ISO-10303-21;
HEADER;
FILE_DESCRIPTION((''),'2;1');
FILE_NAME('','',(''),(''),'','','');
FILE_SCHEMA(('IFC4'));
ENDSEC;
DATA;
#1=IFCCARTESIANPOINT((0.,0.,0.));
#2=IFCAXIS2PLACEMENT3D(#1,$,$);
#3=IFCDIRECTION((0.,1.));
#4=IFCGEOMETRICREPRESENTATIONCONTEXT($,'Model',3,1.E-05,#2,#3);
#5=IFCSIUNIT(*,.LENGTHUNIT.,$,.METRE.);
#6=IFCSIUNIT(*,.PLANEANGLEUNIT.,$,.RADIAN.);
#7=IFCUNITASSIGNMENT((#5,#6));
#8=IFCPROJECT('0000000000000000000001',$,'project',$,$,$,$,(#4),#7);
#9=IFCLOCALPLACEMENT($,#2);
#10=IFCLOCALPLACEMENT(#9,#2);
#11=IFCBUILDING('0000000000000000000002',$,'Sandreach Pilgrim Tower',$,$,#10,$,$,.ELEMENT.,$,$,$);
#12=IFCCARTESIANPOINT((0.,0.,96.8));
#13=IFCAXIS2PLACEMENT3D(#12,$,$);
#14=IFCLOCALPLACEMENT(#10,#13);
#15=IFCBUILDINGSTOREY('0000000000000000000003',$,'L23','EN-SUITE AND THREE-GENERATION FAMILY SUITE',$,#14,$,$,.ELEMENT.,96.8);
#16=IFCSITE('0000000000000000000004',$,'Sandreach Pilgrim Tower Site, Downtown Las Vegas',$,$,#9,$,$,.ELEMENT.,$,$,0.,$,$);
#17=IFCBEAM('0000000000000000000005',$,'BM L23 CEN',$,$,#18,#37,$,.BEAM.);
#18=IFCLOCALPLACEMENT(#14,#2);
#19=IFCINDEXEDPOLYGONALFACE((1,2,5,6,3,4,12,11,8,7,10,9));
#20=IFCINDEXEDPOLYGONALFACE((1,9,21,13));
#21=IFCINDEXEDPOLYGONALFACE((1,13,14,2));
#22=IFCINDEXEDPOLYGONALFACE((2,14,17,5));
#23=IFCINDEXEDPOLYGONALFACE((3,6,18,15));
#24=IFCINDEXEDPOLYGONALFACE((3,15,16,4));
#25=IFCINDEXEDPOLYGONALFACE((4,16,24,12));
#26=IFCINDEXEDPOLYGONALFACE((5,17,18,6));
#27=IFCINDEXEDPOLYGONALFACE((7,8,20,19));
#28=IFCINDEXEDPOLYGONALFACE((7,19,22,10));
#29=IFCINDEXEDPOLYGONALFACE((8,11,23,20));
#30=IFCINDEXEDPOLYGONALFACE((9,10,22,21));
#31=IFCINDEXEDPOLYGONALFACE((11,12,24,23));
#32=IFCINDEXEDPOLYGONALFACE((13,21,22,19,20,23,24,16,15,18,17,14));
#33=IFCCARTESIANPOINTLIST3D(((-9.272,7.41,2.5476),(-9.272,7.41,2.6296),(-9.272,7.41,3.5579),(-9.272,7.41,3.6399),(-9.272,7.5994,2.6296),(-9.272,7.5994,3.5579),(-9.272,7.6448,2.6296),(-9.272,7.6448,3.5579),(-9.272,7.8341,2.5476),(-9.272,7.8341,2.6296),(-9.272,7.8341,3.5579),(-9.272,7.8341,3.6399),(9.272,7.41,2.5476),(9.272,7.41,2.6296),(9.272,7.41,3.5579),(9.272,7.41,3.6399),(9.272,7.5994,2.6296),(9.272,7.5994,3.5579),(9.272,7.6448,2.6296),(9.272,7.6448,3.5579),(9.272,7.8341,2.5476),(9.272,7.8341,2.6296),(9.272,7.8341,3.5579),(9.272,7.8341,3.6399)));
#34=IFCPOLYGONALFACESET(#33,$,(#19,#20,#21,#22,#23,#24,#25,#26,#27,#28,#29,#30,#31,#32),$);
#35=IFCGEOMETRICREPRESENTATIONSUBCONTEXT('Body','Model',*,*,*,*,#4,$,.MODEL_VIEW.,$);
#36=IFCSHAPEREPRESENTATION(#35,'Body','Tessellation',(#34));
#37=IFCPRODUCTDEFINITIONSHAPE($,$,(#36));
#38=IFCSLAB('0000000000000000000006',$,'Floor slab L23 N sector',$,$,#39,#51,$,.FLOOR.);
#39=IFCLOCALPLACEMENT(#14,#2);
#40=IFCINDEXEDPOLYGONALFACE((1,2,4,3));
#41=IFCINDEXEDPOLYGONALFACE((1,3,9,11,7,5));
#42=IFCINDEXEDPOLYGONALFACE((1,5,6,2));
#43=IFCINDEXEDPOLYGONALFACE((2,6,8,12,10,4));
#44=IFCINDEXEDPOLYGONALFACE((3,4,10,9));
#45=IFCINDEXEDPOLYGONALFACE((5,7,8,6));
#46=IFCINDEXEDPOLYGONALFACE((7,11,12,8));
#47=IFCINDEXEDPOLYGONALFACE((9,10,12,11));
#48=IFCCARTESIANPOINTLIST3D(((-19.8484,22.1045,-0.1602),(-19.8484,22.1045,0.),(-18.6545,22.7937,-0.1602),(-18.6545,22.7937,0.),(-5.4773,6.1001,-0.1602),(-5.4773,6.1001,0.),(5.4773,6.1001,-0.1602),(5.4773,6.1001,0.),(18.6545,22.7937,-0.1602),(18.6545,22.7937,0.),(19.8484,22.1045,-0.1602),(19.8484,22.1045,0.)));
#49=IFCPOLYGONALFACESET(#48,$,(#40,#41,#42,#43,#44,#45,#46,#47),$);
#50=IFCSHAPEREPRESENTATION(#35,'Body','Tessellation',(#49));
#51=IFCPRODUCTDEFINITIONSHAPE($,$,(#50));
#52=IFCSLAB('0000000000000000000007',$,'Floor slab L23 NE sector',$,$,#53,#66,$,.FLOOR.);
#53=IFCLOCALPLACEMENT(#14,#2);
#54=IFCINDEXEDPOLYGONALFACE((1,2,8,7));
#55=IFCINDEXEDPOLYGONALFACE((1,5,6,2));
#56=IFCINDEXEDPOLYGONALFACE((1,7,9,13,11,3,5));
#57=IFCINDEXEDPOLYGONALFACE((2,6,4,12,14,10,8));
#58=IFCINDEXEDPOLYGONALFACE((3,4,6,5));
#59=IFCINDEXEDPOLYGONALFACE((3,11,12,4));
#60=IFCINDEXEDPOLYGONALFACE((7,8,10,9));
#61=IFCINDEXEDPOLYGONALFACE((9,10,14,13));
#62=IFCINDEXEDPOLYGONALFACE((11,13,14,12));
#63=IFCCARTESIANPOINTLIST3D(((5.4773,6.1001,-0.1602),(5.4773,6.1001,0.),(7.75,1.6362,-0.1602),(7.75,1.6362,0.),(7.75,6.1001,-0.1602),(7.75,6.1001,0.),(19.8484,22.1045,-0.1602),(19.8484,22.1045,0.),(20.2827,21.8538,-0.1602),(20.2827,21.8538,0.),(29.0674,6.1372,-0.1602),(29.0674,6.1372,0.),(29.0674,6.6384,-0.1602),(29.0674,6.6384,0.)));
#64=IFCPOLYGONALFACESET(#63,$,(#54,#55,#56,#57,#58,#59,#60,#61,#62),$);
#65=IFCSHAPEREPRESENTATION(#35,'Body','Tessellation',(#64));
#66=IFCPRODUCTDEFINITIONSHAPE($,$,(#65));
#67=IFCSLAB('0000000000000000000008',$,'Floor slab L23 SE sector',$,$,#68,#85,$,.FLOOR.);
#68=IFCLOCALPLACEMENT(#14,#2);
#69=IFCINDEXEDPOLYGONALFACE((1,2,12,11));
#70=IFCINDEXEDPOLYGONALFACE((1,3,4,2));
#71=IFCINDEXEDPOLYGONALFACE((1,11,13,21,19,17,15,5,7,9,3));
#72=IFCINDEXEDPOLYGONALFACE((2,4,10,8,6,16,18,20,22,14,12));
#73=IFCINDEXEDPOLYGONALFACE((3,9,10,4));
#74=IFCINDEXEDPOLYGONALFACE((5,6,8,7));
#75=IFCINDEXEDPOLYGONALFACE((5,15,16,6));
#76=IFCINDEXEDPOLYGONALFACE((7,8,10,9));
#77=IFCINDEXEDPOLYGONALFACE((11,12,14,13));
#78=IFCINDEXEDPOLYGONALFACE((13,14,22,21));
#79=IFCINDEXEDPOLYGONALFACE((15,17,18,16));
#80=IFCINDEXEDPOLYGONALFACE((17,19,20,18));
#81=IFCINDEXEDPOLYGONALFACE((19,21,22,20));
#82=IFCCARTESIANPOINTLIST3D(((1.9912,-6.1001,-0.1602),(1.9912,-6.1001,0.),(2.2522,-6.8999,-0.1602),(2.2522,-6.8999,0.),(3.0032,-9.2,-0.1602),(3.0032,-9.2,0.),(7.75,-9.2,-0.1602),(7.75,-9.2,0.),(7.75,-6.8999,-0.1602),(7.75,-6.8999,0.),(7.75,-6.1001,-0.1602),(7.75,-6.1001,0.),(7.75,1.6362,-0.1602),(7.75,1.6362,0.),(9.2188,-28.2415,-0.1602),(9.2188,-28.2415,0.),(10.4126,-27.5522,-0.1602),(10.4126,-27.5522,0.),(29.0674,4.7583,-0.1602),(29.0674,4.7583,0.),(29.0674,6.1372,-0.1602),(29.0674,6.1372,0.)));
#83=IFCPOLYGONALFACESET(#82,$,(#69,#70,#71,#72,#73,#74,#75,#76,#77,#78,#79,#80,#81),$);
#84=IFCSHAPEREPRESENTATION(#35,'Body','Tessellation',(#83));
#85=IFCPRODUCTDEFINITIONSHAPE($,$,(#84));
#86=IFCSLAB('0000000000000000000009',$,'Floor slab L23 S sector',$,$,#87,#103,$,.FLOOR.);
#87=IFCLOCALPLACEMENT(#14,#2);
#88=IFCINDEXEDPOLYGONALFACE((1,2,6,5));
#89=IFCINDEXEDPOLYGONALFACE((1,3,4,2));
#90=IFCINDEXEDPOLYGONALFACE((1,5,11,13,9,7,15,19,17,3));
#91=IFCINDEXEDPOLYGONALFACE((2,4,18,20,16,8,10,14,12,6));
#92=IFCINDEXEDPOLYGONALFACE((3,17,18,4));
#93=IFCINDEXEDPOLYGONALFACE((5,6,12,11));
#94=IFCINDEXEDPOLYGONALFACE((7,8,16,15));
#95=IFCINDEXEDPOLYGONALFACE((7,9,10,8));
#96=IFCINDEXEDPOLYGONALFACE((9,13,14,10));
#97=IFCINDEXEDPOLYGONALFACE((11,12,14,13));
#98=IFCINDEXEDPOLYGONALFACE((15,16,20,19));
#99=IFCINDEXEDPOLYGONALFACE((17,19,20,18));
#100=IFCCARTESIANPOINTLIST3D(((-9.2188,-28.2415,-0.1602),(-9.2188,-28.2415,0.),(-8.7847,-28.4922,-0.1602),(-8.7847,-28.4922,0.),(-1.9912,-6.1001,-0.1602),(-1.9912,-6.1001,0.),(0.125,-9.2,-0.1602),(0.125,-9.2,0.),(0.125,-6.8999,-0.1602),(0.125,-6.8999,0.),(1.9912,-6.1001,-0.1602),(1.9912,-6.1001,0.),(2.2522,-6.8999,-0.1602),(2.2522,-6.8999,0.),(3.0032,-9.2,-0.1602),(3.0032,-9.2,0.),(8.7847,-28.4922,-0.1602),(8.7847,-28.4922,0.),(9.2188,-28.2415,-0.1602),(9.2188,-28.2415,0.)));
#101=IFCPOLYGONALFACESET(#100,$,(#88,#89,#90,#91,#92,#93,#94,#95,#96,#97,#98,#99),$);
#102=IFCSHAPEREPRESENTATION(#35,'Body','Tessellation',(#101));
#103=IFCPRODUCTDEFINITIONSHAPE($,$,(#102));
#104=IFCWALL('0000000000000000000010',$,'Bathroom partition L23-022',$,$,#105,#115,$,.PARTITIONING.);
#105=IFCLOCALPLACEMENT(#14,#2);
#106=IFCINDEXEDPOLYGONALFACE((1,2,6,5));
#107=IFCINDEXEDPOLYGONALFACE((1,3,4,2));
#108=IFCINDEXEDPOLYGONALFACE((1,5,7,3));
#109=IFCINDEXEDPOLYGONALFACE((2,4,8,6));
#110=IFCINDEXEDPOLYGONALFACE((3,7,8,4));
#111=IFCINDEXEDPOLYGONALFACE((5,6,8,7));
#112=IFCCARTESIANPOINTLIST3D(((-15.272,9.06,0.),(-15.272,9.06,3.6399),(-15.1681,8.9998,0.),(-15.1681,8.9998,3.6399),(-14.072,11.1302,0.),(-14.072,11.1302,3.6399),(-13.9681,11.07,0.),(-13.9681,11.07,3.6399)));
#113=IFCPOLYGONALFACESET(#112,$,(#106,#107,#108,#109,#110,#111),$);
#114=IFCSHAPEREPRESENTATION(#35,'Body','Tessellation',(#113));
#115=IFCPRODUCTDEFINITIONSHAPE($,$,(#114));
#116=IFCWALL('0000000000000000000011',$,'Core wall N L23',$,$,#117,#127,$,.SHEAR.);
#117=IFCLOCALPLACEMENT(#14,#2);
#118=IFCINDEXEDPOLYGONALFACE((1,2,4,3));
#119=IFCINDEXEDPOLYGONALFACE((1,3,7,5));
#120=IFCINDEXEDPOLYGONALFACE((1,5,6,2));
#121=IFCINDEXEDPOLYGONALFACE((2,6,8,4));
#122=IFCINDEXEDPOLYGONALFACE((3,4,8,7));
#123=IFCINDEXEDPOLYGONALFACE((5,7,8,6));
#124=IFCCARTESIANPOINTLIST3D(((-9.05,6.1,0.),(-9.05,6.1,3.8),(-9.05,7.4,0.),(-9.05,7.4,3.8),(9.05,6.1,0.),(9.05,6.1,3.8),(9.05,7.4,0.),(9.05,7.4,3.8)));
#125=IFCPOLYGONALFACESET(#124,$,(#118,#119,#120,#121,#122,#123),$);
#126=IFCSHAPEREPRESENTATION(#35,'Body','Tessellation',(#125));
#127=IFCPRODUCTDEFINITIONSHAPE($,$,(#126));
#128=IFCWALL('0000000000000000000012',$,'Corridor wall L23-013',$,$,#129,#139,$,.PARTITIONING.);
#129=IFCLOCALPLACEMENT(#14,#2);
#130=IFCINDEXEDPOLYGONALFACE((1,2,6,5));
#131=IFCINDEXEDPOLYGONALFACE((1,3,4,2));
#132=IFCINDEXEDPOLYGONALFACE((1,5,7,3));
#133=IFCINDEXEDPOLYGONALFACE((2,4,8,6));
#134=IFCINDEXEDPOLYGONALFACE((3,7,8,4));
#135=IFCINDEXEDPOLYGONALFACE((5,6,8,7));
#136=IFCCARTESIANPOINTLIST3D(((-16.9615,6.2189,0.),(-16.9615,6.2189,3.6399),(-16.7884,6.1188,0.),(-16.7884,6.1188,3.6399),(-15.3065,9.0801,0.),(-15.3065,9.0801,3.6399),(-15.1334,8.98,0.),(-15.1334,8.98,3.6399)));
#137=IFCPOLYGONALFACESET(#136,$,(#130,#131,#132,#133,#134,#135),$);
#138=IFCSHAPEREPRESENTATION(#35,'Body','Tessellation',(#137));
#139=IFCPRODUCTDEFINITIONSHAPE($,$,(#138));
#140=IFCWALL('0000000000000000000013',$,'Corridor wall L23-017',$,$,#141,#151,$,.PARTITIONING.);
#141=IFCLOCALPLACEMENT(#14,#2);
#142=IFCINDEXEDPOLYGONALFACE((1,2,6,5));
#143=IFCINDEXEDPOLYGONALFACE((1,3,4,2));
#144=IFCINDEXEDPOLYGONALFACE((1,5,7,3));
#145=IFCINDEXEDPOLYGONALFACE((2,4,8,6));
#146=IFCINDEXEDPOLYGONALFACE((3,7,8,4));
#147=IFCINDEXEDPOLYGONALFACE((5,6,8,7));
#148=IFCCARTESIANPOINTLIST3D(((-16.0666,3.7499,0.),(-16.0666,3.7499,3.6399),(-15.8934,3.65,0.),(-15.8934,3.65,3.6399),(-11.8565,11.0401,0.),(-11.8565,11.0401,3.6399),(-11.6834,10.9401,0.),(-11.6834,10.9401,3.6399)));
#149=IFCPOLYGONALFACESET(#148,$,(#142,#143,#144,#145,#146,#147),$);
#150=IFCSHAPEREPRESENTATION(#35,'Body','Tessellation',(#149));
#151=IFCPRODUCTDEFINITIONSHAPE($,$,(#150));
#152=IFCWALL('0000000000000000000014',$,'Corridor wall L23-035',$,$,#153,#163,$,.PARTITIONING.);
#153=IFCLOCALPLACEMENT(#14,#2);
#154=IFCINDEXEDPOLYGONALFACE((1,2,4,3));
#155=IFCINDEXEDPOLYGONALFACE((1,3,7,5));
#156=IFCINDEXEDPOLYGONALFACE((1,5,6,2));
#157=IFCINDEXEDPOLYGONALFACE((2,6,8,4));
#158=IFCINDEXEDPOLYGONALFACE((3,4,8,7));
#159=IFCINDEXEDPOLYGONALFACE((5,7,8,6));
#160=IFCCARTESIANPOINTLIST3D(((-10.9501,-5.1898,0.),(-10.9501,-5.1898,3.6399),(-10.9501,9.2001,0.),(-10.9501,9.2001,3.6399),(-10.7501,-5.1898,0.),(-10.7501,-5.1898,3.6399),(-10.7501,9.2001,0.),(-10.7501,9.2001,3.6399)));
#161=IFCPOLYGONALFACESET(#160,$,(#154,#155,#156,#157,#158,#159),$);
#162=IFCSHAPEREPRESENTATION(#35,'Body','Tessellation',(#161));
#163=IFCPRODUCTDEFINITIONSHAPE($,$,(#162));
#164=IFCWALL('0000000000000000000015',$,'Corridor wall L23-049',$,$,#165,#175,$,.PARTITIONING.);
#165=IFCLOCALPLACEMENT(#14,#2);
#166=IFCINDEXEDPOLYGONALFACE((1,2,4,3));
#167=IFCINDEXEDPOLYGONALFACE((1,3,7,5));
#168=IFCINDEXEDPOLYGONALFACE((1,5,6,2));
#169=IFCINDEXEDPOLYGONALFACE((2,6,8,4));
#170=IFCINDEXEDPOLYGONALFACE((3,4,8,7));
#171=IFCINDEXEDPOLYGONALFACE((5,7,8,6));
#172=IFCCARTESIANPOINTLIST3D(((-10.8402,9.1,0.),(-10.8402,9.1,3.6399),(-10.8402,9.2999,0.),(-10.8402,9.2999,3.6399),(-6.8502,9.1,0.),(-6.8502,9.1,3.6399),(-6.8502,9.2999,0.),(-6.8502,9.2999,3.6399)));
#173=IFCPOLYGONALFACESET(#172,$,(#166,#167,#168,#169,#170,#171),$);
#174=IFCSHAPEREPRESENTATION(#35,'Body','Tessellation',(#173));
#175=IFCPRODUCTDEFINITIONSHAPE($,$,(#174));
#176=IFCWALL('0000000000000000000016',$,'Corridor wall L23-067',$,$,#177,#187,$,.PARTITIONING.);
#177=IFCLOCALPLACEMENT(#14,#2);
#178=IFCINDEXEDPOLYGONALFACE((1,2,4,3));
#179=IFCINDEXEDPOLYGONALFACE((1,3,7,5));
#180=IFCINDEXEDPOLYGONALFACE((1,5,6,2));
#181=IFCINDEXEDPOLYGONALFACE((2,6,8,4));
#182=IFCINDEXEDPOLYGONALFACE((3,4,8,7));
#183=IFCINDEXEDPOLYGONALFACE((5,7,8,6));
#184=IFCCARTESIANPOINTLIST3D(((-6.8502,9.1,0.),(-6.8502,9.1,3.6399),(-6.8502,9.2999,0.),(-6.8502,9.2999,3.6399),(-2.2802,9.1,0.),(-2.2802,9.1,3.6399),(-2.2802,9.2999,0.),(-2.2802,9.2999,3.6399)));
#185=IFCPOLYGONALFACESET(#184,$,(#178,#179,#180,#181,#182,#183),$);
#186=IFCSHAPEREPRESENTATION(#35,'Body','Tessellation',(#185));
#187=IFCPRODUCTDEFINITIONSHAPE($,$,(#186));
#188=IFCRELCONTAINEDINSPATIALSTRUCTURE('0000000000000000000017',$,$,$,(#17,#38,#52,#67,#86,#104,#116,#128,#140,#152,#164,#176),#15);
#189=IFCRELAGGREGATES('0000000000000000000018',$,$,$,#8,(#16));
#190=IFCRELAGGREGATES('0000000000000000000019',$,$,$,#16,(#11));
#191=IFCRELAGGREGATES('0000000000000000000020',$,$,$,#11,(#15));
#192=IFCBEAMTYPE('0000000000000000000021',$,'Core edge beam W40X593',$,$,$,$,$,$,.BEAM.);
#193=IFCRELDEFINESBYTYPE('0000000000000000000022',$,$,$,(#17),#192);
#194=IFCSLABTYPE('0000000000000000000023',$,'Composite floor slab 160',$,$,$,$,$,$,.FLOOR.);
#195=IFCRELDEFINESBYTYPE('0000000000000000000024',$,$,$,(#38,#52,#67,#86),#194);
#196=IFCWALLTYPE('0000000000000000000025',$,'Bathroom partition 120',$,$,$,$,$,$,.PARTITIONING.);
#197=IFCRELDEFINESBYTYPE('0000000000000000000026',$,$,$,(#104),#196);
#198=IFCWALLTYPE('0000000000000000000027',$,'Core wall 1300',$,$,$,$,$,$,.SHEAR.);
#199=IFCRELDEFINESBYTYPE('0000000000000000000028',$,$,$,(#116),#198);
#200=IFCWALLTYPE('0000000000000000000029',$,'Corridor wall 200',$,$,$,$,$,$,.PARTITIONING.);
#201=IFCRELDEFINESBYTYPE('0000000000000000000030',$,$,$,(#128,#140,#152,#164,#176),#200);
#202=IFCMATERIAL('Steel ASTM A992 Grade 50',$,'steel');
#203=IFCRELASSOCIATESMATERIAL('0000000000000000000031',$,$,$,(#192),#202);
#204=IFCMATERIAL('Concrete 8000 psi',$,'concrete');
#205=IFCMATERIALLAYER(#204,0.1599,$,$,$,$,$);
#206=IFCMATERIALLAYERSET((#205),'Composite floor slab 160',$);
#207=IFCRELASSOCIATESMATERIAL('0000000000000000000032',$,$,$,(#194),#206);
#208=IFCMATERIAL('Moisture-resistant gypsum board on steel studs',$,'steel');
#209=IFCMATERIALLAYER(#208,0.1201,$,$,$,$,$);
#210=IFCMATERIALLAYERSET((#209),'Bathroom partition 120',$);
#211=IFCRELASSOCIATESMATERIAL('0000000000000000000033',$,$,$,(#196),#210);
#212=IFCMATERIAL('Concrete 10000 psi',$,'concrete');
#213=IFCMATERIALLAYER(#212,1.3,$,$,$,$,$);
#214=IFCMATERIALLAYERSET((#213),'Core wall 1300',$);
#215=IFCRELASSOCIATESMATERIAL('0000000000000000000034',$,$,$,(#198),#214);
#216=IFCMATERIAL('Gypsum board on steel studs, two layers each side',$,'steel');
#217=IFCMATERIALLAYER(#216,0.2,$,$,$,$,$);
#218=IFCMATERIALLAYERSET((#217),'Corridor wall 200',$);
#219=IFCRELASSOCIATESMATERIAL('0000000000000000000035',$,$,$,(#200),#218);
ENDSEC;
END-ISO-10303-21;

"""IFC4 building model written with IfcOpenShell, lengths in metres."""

from ifc_helpers import new_model, si_unit, direction, frame, frame_2d, origin, origin_2d, place, context, subcontext, project, spatial, polyline, rectangle, i_section, outline, extrude, material, layer, layer_set, material_profile, profile_set, type_object, element, save


model = new_model("IFC4")

# Units and contexts
model_context = context("Model", 3, precision=1e-05, world=origin(), true_north=direction((0.0, 1.0)))
body_context = subcontext(model_context, "Body", "Model", "MODEL_VIEW")
ifc_project = project(units=[si_unit("LENGTHUNIT", "METRE"), si_unit("PLANEANGLEUNIT", "RADIAN")], contexts=[model_context])

# Site, building, storey
site_placement = place(None, origin())
site = spatial("IfcSite", under=ifc_project, at=site_placement, Name="Sandreach Pilgrim Tower Site, Downtown Las Vegas", CompositionType="ELEMENT", RefElevation=0.0)
building_placement = place(site_placement, origin())
building = spatial("IfcBuilding", under=site, at=building_placement, Name="Sandreach Pilgrim Tower", CompositionType="ELEMENT")
storey_placement = place(building_placement, frame((0.0, 0.0, 96.8)))
storey = spatial("IfcBuildingStorey", under=building, at=storey_placement, Name="L23", Description="EN-SUITE AND THREE-GENERATION FAMILY SUITE", CompositionType="ELEMENT", Elevation=96.8)

# Beam
ifc_material_1 = material(Name="Steel ASTM A992 Grade 50", Category="steel")
ifc_material_profile = material_profile(ifc_material_1, i_section(OverallWidth=0.4241, OverallDepth=1.0923, WebThickness=0.0454, FlangeThickness=0.082, at=origin_2d()), Name="W40X593")
ifc_profile_set = profile_set([ifc_material_profile], Name="Steel ASTM A992 Grade 50")
beam_type = type_object("IfcBeamType", Name="Core edge beam W40X593", PredefinedType="BEAM", material=ifc_profile_set)
beam_placement = place(storey_placement, frame((-9.272, 7.6221, 3.0938), z_axis=(1.0, 0.0, 0.0), x_axis=(0.0, 1.0, 0.0)))
element("IfcBeam", 1, at=beam_placement, inside=storey, type_object=beam_type, Name="BM L23 CEN", PredefinedType="BEAM", context=body_context, shape_type="SweptSolid", body=[
    extrude(i_section(OverallWidth=0.4241, OverallDepth=1.0923, WebThickness=0.0454, FlangeThickness=0.082, at=origin_2d()), origin(), (0.0, 0.0, 1.0), 18.5439),
])

# Slabs
ifc_material_2 = material(Name="Concrete 8000 psi", Category="concrete")
ifc_layer_1 = layer(ifc_material_2, 0.1599)
ifc_layer_set_1 = layer_set([ifc_layer_1], Name="Composite floor slab 160")
slab_type = type_object("IfcSlabType", Name="Composite floor slab 160", PredefinedType="FLOOR", material=ifc_layer_set_1)
slab_1_placement = place(storey_placement, frame((0.0, 0.0, -0.1602)))
element("IfcSlab", 2, at=slab_1_placement, inside=storey, type_object=slab_type, Name="Floor slab L23 N sector", PredefinedType="FLOOR", context=body_context, shape_type="SweptSolid", body=[
    extrude(outline(polyline([(-18.6545, 22.7937), (18.6545, 22.7937), (19.8484, 22.1045), (5.4773, 6.1001), (-5.4773, 6.1001), (-19.8484, 22.1045), (-18.6545, 22.7937)])), origin(), (0.0, 0.0, 1.0), 0.1602),
])
slab_2_placement = place(storey_placement, frame((0.0, 0.0, -0.1602)))
element("IfcSlab", 3, at=slab_2_placement, inside=storey, type_object=slab_type, Name="Floor slab L23 NE sector", PredefinedType="FLOOR", context=body_context, shape_type="SweptSolid", body=[
    extrude(outline(polyline([(20.2827, 21.8538), (29.0674, 6.6384), (29.0674, 6.1372), (7.75, 1.6362), (7.75, 6.1001), (5.4773, 6.1001), (19.8484, 22.1045), (20.2827, 21.8538)])), origin(), (0.0, 0.0, 1.0), 0.1602),
])
slab_3_placement = place(storey_placement, frame((0.0, 0.0, -0.1602)))
element("IfcSlab", 4, at=slab_3_placement, inside=storey, type_object=slab_type, Name="Floor slab L23 SE sector", PredefinedType="FLOOR", context=body_context, shape_type="SweptSolid", body=[
    extrude(outline(polyline([(29.0674, 4.7583), (10.4126, -27.5522), (9.2188, -28.2415), (3.0032, -9.2), (7.75, -9.2), (7.75, -6.8999), (2.2522, -6.8999), (1.9912, -6.1001), (7.75, -6.1001), (7.75, 1.6362), (29.0674, 6.1372), (29.0674, 4.7583)])), origin(), (0.0, 0.0, 1.0), 0.1602),
])
slab_4_placement = place(storey_placement, frame((0.0, 0.0, -0.1602)))
element("IfcSlab", 5, at=slab_4_placement, inside=storey, type_object=slab_type, Name="Floor slab L23 S sector", PredefinedType="FLOOR", context=body_context, shape_type="SweptSolid", body=[
    extrude(outline(polyline([(8.7847, -28.4922), (-8.7847, -28.4922), (-9.2188, -28.2415), (-1.9912, -6.1001), (1.9912, -6.1001), (2.2522, -6.8999), (0.125, -6.8999), (0.125, -9.2), (3.0032, -9.2), (9.2188, -28.2415), (8.7847, -28.4922)])), origin(), (0.0, 0.0, 1.0), 0.1602),
])

# Wall
ifc_material_3 = material(Name="Moisture-resistant gypsum board on steel studs", Category="steel")
ifc_layer_2 = layer(ifc_material_3, 0.1201)
ifc_layer_set_2 = layer_set([ifc_layer_2], Name="Bathroom partition 120")
wall_type_1 = type_object("IfcWallType", Name="Bathroom partition 120", PredefinedType="PARTITIONING", material=ifc_layer_set_2)
wall_1_placement = place(storey_placement, frame((-15.22, 9.03, 0.0), z_axis=(0.0, 0.0, 1.0), x_axis=(0.501503, 0.865156, 0.0)))
element("IfcWall", 6, at=wall_1_placement, inside=storey, type_object=wall_type_1, Name="Bathroom partition L23-022", PredefinedType="PARTITIONING", context=body_context, shape_type="SweptSolid", body=[
    extrude(rectangle(XDim=2.3928, YDim=0.1201, at=frame_2d((1.1963, 0.0))), origin(), (0.0, 0.0, 1.0), 3.6399),
])

# Wall
ifc_material_4 = material(Name="Concrete 10000 psi", Category="concrete")
ifc_layer_3 = layer(ifc_material_4, 1.3)
ifc_layer_set_3 = layer_set([ifc_layer_3], Name="Core wall 1300")
wall_type_2 = type_object("IfcWallType", Name="Core wall 1300", PredefinedType="SHEAR", material=ifc_layer_set_3)
wall_2_placement = place(storey_placement, frame((-9.05, 6.75, 0.0), z_axis=(0.0, 0.0, 1.0), x_axis=(1.0, 0.0, 0.0)))
element("IfcWall", 7, at=wall_2_placement, inside=storey, type_object=wall_type_2, Name="Core wall N L23", PredefinedType="SHEAR", context=body_context, shape_type="SweptSolid", body=[
    extrude(rectangle(XDim=18.1001, YDim=1.3, at=frame_2d((9.05, 0.0))), origin(), (0.0, 0.0, 1.0), 3.8),
])

# Shared definitions
ifc_material_5 = material(Name="Gypsum board on steel studs, two layers each side", Category="steel")
ifc_layer_4 = layer(ifc_material_5, 0.2)
ifc_layer_set_4 = layer_set([ifc_layer_4], Name="Corridor wall 200")
wall_type_3 = type_object("IfcWallType", Name="Corridor wall 200", PredefinedType="PARTITIONING", material=ifc_layer_set_4)

# Walls
wall_3_placement = place(storey_placement, frame((-16.875, 6.1687, 0.0), z_axis=(0.0, 0.0, 1.0), x_axis=(0.50069, 0.865627, 0.0)))
element("IfcWall", 8, at=wall_3_placement, inside=storey, type_object=wall_type_3, Name="Corridor wall L23-013", PredefinedType="PARTITIONING", context=body_context, shape_type="SweptSolid", body=[
    extrude(rectangle(XDim=3.3054, YDim=0.2, at=frame_2d((1.6528, 0.0))), origin(), (0.0, 0.0, 1.0), 3.6399),
])
wall_4_placement = place(storey_placement, frame((-15.98, 3.7, 0.0), z_axis=(0.0, 0.0, 1.0), x_axis=(0.500094, 0.865971, 0.0)))
element("IfcWall", 9, at=wall_4_placement, inside=storey, type_object=wall_type_3, Name="Corridor wall L23-017", PredefinedType="PARTITIONING", context=body_context, shape_type="SweptSolid", body=[
    extrude(rectangle(XDim=8.4185, YDim=0.2, at=frame_2d((4.2092, 0.0))), origin(), (0.0, 0.0, 1.0), 3.6399),
])
wall_5_placement = place(storey_placement, frame((-10.8501, 9.2, 0.0), z_axis=(0.0, 0.0, 1.0), x_axis=(0.0, -1.0, 0.0)))
element("IfcWall", 10, at=wall_5_placement, inside=storey, type_object=wall_type_3, Name="Corridor wall L23-035", PredefinedType="PARTITIONING", context=body_context, shape_type="SweptSolid", body=[
    extrude(rectangle(XDim=14.3899, YDim=0.2, at=frame_2d((7.1948, 0.0))), origin(), (0.0, 0.0, 1.0), 3.6399),
])
wall_6_placement = place(storey_placement, frame((-6.8501, 9.2, 0.0), z_axis=(0.0, 0.0, 1.0), x_axis=(-1.0, 0.0, 0.0)))
element("IfcWall", 11, at=wall_6_placement, inside=storey, type_object=wall_type_3, Name="Corridor wall L23-049", PredefinedType="PARTITIONING", context=body_context, shape_type="SweptSolid", body=[
    extrude(rectangle(XDim=3.99, YDim=0.2, at=frame_2d((1.9951, 0.0))), origin(), (0.0, 0.0, 1.0), 3.6399),
])
wall_7_placement = place(storey_placement, frame((-2.28, 9.2, 0.0), z_axis=(0.0, 0.0, 1.0), x_axis=(-1.0, 0.0, 0.0)))
element("IfcWall", 12, at=wall_7_placement, inside=storey, type_object=wall_type_3, Name="Corridor wall L23-067", PredefinedType="PARTITIONING", context=body_context, shape_type="SweptSolid", body=[
    extrude(rectangle(XDim=4.5701, YDim=0.2, at=frame_2d((2.2852, 0.0))), origin(), (0.0, 0.0, 1.0), 3.6399),
])

save(model, "model.ifc")
